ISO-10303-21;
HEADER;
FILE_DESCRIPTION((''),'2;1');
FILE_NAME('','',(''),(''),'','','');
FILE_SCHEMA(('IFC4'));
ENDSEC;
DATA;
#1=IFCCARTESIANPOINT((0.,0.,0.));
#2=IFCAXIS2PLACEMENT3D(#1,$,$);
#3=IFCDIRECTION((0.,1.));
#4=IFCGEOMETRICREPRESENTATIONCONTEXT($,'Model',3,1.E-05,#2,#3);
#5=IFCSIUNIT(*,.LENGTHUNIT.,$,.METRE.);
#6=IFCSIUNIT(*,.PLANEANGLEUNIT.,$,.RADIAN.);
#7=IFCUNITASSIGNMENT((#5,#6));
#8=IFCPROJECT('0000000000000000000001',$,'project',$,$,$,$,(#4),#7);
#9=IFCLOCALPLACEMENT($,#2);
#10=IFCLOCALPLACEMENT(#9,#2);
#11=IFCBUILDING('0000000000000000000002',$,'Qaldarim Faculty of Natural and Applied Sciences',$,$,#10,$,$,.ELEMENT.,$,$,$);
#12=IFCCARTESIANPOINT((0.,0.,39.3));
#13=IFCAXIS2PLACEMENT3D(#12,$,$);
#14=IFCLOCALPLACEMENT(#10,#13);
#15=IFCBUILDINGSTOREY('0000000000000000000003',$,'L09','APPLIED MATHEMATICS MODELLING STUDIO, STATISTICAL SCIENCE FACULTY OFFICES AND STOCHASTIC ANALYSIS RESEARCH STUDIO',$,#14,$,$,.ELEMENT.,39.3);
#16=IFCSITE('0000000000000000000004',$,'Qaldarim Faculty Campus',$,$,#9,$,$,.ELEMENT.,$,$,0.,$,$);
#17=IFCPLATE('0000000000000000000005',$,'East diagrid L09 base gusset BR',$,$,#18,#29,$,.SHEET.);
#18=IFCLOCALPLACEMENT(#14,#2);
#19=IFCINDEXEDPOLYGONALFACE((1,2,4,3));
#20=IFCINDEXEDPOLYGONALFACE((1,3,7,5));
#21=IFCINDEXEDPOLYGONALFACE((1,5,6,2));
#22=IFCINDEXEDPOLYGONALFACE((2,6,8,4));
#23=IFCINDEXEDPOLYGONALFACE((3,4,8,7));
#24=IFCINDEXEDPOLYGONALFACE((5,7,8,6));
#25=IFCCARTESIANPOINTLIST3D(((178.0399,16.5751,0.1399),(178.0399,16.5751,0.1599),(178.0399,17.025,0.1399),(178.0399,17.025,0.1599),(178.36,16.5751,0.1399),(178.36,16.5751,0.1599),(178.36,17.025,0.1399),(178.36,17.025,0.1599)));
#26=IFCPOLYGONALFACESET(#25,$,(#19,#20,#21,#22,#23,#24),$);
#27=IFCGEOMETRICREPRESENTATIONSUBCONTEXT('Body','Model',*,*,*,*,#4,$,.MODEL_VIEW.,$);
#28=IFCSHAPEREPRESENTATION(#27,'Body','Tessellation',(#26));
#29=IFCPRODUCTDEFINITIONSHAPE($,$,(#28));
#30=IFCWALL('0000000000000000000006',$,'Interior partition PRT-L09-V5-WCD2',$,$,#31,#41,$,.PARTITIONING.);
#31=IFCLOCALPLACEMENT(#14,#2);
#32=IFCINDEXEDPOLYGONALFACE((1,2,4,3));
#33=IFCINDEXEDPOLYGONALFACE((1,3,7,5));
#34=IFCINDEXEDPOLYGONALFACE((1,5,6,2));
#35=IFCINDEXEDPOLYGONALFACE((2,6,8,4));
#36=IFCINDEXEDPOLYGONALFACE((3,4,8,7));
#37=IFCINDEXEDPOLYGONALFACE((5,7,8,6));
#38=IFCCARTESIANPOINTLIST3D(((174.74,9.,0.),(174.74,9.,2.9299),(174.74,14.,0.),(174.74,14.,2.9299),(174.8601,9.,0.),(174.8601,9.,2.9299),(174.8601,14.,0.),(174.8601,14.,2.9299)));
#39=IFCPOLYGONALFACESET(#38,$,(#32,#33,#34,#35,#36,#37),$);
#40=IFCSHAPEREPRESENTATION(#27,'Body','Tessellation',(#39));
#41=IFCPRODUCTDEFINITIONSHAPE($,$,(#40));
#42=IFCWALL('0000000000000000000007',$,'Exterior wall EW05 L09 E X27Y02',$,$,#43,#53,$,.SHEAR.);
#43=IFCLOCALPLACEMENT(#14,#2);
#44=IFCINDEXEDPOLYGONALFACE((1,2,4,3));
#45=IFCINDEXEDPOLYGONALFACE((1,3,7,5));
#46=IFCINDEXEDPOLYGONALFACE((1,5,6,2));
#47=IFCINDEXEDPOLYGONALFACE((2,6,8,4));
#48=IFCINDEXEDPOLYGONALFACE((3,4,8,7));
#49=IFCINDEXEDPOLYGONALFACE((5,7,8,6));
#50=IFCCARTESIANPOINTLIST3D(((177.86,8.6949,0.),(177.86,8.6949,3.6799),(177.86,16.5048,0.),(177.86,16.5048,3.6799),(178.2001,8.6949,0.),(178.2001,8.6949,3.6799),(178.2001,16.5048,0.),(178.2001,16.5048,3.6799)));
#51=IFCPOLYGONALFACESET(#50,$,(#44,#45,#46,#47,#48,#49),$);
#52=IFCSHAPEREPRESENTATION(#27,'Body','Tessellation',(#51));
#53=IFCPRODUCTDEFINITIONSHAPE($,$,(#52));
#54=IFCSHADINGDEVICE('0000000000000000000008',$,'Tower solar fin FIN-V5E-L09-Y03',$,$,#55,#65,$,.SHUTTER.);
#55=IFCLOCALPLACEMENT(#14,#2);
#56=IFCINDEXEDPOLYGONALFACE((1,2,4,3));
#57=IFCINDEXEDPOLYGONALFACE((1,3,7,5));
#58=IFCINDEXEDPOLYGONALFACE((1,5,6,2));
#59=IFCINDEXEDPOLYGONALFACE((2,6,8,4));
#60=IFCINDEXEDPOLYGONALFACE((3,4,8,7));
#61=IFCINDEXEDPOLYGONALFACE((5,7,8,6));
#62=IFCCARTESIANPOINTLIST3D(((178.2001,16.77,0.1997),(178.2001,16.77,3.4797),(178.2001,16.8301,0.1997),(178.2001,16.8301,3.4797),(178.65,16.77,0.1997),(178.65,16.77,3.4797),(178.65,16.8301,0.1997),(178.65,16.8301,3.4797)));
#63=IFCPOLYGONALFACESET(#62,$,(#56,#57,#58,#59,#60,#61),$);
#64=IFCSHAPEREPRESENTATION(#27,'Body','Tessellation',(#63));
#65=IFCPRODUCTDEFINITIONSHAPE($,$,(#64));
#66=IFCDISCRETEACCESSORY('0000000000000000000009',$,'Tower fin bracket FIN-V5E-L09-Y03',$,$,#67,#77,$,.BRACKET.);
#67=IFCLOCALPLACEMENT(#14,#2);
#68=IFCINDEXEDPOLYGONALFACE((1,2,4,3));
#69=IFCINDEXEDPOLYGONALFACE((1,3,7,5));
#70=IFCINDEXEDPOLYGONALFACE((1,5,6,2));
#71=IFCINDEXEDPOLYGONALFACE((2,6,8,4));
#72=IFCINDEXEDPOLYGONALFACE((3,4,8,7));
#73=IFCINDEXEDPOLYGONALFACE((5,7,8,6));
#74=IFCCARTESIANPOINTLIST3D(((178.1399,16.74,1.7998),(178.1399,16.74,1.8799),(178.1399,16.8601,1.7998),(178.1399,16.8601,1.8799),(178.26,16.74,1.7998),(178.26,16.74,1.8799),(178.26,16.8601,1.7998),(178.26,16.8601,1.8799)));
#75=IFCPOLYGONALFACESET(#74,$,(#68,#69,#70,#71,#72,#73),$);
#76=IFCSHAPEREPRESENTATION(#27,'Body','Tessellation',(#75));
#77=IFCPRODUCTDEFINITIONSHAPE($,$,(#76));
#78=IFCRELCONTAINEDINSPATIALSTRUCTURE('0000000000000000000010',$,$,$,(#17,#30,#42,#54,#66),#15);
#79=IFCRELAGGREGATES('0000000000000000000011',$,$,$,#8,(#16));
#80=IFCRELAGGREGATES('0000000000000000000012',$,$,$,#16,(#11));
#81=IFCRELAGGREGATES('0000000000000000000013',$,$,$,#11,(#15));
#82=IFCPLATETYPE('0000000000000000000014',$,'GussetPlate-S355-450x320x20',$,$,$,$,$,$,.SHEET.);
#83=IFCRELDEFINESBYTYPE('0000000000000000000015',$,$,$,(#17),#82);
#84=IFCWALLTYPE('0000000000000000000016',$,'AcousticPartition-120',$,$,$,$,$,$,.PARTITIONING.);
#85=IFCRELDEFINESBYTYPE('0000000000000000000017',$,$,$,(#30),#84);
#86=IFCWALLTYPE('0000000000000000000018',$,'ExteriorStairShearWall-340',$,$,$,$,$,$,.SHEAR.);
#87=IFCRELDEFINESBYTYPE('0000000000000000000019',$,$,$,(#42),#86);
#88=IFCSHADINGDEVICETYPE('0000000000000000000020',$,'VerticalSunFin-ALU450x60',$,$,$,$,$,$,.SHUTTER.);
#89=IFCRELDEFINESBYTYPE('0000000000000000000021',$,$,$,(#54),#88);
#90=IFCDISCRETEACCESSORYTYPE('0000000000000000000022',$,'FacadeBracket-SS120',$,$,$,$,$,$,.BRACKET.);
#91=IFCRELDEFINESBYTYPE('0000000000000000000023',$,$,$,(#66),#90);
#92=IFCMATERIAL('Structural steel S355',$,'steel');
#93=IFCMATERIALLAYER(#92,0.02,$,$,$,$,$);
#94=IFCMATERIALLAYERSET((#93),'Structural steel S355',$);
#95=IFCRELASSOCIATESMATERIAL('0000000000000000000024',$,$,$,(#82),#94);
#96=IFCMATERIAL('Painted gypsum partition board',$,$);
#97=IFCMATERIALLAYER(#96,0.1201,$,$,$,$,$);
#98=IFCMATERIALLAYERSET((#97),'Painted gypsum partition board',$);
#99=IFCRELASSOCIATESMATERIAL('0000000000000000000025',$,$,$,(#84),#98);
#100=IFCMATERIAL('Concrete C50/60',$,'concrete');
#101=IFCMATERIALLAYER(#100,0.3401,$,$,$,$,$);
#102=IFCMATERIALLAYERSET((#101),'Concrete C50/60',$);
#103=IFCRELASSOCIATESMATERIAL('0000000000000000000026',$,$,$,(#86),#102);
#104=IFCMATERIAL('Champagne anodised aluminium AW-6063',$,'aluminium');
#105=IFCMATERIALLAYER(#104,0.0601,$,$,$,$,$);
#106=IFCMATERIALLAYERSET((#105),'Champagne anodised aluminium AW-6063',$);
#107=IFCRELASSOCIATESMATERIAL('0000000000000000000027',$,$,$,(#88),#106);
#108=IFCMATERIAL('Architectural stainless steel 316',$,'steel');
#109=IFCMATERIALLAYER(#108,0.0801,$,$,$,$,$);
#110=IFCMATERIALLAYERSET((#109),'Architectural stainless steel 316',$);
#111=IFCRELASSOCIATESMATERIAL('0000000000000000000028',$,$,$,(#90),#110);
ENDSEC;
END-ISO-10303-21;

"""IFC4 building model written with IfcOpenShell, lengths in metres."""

from ifc_helpers import new_model, si_unit, direction, frame, frame_2d, origin, origin_2d, place, context, subcontext, project, spatial, rectangle, extrude, material, layer, layer_set, type_object, element, save


model = new_model("IFC4")

# Units and contexts
model_context = context("Model", 3, precision=1e-05, world=origin(), true_north=direction((0.0, 1.0)))
body_context = subcontext(model_context, "Body", "Model", "MODEL_VIEW")
ifc_project = project(units=[si_unit("LENGTHUNIT", "METRE"), si_unit("PLANEANGLEUNIT", "RADIAN")], contexts=[model_context])

# Site, building, storey
site_placement = place(None, origin())
site = spatial("IfcSite", under=ifc_project, at=site_placement, Name="Qaldarim Faculty Campus", CompositionType="ELEMENT", RefElevation=0.0)
building_placement = place(site_placement, origin())
building = spatial("IfcBuilding", under=site, at=building_placement, Name="Qaldarim Faculty of Natural and Applied Sciences", CompositionType="ELEMENT")
storey_placement = place(building_placement, frame((0.0, 0.0, 39.3)))
storey = spatial("IfcBuildingStorey", under=building, at=storey_placement, Name="L09", Description="APPLIED MATHEMATICS MODELLING STUDIO, STATISTICAL SCIENCE FACULTY OFFICES AND STOCHASTIC ANALYSIS RESEARCH STUDIO", CompositionType="ELEMENT", Elevation=39.3)

# Shared definitions
ifc_material_1 = material(Name="Concrete C50/60", Category="concrete")

# Shared definitions
ifc_material_2 = material(Name="Structural steel S355", Category="steel")

# Plate
ifc_layer_1 = layer(ifc_material_2, 0.02)
ifc_layer_set_1 = layer_set([ifc_layer_1], Name="Structural steel S355")
plate_type = type_object("IfcPlateType", Name="GussetPlate-S355-450x320x20", PredefinedType="SHEET", material=ifc_layer_set_1)
for number, where, z_axis, x_axis, name in (
    (1, (178.2, 16.8, 0.1399), (0.0, 0.0, 1.0), (0.0, 1.0, 0.0), "East diagrid L09 base gusset BR"),
):
    element("IfcPlate", number, at=place(storey_placement, frame(where, z_axis=z_axis, x_axis=x_axis)), inside=storey, type_object=plate_type, Name=name, PredefinedType="SHEET", context=body_context, shape_type="SweptSolid", body=[
        extrude(rectangle(XDim=0.45, YDim=0.3201, at=origin_2d()), origin(), (0.0, 0.0, 1.0), 0.02),
    ])

# Walls
ifc_material_3 = material(Name="Painted gypsum partition board")
ifc_layer_2 = layer(ifc_material_3, 0.1201)
ifc_layer_set_2 = layer_set([ifc_layer_2], Name="Painted gypsum partition board")
wall_type_1 = type_object("IfcWallType", Name="AcousticPartition-120", PredefinedType="PARTITIONING", material=ifc_layer_set_2)
wall_1_placement = place(storey_placement, frame((174.8, 9.0, 0.0), z_axis=(0.0, 0.0, 1.0), x_axis=(0.0, 1.0, 0.0)))
element("IfcWall", 2, at=wall_1_placement, inside=storey, type_object=wall_type_1, Name="Interior partition PRT-L09-V5-WCD2", PredefinedType="PARTITIONING", context=body_context, shape_type="SweptSolid", body=[
    extrude(rectangle(XDim=5.0, YDim=0.1201, at=frame_2d((2.5, 0.0))), origin(), (0.0, 0.0, 1.0), 2.9299),
])
ifc_layer_3 = layer(ifc_material_1, 0.3401)
ifc_layer_set_3 = layer_set([ifc_layer_3], Name="Concrete C50/60")
wall_type_2 = type_object("IfcWallType", Name="ExteriorStairShearWall-340", PredefinedType="SHEAR", material=ifc_layer_set_3)
wall_2_placement = place(storey_placement, frame((178.03, 8.6951, 0.0), z_axis=(0.0, 0.0, 1.0), x_axis=(0.0, 1.0, 0.0)))
element("IfcWall", 3, at=wall_2_placement, inside=storey, type_object=wall_type_2, Name="Exterior wall EW05 L09 E X27Y02", PredefinedType="SHEAR", context=body_context, shape_type="SweptSolid", body=[
    extrude(rectangle(XDim=7.8098, YDim=0.3401, at=frame_2d((3.9048, 0.0))), origin(), (0.0, 0.0, 1.0), 3.6799),
])

# Shading device
ifc_material_4 = material(Name="Champagne anodised aluminium AW-6063", Category="aluminium")
ifc_layer_4 = layer(ifc_material_4, 0.0601)
ifc_layer_set_4 = layer_set([ifc_layer_4], Name="Champagne anodised aluminium AW-6063")
shading_device_type = type_object("IfcShadingDeviceType", Name="VerticalSunFin-ALU450x60", PredefinedType="SHUTTER", material=ifc_layer_set_4)
shading_device_placement = place(storey_placement, frame((178.425, 16.8, 0.1997), z_axis=(0.0, 0.0, 1.0), x_axis=(1.0, 0.0, 0.0)))
element("IfcShadingDevice", 4, at=shading_device_placement, inside=storey, type_object=shading_device_type, Name="Tower solar fin FIN-V5E-L09-Y03", PredefinedType="SHUTTER", context=body_context, shape_type="SweptSolid", body=[
    extrude(rectangle(XDim=0.45, YDim=0.0601, at=origin_2d()), origin(), (0.0, 0.0, 1.0), 3.28),
])

# Discrete accessory
ifc_material_5 = material(Name="Architectural stainless steel 316", Category="steel")
ifc_layer_5 = layer(ifc_material_5, 0.0801)
ifc_layer_set_5 = layer_set([ifc_layer_5], Name="Architectural stainless steel 316")
discrete_accessory_type = type_object("IfcDiscreteAccessoryType", Name="FacadeBracket-SS120", PredefinedType="BRACKET", material=ifc_layer_set_5)
discrete_accessory_placement = place(storey_placement, frame((178.2, 16.8, 1.7998), z_axis=(0.0, 0.0, 1.0), x_axis=(1.0, 0.0, 0.0)))
element("IfcDiscreteAccessory", 5, at=discrete_accessory_placement, inside=storey, type_object=discrete_accessory_type, Name="Tower fin bracket FIN-V5E-L09-Y03", PredefinedType="BRACKET", context=body_context, shape_type="SweptSolid", body=[
    extrude(rectangle(XDim=0.1201, YDim=0.1201, at=origin_2d()), origin(), (0.0, 0.0, 1.0), 0.0801),
])

save(model, "model.ifc")
